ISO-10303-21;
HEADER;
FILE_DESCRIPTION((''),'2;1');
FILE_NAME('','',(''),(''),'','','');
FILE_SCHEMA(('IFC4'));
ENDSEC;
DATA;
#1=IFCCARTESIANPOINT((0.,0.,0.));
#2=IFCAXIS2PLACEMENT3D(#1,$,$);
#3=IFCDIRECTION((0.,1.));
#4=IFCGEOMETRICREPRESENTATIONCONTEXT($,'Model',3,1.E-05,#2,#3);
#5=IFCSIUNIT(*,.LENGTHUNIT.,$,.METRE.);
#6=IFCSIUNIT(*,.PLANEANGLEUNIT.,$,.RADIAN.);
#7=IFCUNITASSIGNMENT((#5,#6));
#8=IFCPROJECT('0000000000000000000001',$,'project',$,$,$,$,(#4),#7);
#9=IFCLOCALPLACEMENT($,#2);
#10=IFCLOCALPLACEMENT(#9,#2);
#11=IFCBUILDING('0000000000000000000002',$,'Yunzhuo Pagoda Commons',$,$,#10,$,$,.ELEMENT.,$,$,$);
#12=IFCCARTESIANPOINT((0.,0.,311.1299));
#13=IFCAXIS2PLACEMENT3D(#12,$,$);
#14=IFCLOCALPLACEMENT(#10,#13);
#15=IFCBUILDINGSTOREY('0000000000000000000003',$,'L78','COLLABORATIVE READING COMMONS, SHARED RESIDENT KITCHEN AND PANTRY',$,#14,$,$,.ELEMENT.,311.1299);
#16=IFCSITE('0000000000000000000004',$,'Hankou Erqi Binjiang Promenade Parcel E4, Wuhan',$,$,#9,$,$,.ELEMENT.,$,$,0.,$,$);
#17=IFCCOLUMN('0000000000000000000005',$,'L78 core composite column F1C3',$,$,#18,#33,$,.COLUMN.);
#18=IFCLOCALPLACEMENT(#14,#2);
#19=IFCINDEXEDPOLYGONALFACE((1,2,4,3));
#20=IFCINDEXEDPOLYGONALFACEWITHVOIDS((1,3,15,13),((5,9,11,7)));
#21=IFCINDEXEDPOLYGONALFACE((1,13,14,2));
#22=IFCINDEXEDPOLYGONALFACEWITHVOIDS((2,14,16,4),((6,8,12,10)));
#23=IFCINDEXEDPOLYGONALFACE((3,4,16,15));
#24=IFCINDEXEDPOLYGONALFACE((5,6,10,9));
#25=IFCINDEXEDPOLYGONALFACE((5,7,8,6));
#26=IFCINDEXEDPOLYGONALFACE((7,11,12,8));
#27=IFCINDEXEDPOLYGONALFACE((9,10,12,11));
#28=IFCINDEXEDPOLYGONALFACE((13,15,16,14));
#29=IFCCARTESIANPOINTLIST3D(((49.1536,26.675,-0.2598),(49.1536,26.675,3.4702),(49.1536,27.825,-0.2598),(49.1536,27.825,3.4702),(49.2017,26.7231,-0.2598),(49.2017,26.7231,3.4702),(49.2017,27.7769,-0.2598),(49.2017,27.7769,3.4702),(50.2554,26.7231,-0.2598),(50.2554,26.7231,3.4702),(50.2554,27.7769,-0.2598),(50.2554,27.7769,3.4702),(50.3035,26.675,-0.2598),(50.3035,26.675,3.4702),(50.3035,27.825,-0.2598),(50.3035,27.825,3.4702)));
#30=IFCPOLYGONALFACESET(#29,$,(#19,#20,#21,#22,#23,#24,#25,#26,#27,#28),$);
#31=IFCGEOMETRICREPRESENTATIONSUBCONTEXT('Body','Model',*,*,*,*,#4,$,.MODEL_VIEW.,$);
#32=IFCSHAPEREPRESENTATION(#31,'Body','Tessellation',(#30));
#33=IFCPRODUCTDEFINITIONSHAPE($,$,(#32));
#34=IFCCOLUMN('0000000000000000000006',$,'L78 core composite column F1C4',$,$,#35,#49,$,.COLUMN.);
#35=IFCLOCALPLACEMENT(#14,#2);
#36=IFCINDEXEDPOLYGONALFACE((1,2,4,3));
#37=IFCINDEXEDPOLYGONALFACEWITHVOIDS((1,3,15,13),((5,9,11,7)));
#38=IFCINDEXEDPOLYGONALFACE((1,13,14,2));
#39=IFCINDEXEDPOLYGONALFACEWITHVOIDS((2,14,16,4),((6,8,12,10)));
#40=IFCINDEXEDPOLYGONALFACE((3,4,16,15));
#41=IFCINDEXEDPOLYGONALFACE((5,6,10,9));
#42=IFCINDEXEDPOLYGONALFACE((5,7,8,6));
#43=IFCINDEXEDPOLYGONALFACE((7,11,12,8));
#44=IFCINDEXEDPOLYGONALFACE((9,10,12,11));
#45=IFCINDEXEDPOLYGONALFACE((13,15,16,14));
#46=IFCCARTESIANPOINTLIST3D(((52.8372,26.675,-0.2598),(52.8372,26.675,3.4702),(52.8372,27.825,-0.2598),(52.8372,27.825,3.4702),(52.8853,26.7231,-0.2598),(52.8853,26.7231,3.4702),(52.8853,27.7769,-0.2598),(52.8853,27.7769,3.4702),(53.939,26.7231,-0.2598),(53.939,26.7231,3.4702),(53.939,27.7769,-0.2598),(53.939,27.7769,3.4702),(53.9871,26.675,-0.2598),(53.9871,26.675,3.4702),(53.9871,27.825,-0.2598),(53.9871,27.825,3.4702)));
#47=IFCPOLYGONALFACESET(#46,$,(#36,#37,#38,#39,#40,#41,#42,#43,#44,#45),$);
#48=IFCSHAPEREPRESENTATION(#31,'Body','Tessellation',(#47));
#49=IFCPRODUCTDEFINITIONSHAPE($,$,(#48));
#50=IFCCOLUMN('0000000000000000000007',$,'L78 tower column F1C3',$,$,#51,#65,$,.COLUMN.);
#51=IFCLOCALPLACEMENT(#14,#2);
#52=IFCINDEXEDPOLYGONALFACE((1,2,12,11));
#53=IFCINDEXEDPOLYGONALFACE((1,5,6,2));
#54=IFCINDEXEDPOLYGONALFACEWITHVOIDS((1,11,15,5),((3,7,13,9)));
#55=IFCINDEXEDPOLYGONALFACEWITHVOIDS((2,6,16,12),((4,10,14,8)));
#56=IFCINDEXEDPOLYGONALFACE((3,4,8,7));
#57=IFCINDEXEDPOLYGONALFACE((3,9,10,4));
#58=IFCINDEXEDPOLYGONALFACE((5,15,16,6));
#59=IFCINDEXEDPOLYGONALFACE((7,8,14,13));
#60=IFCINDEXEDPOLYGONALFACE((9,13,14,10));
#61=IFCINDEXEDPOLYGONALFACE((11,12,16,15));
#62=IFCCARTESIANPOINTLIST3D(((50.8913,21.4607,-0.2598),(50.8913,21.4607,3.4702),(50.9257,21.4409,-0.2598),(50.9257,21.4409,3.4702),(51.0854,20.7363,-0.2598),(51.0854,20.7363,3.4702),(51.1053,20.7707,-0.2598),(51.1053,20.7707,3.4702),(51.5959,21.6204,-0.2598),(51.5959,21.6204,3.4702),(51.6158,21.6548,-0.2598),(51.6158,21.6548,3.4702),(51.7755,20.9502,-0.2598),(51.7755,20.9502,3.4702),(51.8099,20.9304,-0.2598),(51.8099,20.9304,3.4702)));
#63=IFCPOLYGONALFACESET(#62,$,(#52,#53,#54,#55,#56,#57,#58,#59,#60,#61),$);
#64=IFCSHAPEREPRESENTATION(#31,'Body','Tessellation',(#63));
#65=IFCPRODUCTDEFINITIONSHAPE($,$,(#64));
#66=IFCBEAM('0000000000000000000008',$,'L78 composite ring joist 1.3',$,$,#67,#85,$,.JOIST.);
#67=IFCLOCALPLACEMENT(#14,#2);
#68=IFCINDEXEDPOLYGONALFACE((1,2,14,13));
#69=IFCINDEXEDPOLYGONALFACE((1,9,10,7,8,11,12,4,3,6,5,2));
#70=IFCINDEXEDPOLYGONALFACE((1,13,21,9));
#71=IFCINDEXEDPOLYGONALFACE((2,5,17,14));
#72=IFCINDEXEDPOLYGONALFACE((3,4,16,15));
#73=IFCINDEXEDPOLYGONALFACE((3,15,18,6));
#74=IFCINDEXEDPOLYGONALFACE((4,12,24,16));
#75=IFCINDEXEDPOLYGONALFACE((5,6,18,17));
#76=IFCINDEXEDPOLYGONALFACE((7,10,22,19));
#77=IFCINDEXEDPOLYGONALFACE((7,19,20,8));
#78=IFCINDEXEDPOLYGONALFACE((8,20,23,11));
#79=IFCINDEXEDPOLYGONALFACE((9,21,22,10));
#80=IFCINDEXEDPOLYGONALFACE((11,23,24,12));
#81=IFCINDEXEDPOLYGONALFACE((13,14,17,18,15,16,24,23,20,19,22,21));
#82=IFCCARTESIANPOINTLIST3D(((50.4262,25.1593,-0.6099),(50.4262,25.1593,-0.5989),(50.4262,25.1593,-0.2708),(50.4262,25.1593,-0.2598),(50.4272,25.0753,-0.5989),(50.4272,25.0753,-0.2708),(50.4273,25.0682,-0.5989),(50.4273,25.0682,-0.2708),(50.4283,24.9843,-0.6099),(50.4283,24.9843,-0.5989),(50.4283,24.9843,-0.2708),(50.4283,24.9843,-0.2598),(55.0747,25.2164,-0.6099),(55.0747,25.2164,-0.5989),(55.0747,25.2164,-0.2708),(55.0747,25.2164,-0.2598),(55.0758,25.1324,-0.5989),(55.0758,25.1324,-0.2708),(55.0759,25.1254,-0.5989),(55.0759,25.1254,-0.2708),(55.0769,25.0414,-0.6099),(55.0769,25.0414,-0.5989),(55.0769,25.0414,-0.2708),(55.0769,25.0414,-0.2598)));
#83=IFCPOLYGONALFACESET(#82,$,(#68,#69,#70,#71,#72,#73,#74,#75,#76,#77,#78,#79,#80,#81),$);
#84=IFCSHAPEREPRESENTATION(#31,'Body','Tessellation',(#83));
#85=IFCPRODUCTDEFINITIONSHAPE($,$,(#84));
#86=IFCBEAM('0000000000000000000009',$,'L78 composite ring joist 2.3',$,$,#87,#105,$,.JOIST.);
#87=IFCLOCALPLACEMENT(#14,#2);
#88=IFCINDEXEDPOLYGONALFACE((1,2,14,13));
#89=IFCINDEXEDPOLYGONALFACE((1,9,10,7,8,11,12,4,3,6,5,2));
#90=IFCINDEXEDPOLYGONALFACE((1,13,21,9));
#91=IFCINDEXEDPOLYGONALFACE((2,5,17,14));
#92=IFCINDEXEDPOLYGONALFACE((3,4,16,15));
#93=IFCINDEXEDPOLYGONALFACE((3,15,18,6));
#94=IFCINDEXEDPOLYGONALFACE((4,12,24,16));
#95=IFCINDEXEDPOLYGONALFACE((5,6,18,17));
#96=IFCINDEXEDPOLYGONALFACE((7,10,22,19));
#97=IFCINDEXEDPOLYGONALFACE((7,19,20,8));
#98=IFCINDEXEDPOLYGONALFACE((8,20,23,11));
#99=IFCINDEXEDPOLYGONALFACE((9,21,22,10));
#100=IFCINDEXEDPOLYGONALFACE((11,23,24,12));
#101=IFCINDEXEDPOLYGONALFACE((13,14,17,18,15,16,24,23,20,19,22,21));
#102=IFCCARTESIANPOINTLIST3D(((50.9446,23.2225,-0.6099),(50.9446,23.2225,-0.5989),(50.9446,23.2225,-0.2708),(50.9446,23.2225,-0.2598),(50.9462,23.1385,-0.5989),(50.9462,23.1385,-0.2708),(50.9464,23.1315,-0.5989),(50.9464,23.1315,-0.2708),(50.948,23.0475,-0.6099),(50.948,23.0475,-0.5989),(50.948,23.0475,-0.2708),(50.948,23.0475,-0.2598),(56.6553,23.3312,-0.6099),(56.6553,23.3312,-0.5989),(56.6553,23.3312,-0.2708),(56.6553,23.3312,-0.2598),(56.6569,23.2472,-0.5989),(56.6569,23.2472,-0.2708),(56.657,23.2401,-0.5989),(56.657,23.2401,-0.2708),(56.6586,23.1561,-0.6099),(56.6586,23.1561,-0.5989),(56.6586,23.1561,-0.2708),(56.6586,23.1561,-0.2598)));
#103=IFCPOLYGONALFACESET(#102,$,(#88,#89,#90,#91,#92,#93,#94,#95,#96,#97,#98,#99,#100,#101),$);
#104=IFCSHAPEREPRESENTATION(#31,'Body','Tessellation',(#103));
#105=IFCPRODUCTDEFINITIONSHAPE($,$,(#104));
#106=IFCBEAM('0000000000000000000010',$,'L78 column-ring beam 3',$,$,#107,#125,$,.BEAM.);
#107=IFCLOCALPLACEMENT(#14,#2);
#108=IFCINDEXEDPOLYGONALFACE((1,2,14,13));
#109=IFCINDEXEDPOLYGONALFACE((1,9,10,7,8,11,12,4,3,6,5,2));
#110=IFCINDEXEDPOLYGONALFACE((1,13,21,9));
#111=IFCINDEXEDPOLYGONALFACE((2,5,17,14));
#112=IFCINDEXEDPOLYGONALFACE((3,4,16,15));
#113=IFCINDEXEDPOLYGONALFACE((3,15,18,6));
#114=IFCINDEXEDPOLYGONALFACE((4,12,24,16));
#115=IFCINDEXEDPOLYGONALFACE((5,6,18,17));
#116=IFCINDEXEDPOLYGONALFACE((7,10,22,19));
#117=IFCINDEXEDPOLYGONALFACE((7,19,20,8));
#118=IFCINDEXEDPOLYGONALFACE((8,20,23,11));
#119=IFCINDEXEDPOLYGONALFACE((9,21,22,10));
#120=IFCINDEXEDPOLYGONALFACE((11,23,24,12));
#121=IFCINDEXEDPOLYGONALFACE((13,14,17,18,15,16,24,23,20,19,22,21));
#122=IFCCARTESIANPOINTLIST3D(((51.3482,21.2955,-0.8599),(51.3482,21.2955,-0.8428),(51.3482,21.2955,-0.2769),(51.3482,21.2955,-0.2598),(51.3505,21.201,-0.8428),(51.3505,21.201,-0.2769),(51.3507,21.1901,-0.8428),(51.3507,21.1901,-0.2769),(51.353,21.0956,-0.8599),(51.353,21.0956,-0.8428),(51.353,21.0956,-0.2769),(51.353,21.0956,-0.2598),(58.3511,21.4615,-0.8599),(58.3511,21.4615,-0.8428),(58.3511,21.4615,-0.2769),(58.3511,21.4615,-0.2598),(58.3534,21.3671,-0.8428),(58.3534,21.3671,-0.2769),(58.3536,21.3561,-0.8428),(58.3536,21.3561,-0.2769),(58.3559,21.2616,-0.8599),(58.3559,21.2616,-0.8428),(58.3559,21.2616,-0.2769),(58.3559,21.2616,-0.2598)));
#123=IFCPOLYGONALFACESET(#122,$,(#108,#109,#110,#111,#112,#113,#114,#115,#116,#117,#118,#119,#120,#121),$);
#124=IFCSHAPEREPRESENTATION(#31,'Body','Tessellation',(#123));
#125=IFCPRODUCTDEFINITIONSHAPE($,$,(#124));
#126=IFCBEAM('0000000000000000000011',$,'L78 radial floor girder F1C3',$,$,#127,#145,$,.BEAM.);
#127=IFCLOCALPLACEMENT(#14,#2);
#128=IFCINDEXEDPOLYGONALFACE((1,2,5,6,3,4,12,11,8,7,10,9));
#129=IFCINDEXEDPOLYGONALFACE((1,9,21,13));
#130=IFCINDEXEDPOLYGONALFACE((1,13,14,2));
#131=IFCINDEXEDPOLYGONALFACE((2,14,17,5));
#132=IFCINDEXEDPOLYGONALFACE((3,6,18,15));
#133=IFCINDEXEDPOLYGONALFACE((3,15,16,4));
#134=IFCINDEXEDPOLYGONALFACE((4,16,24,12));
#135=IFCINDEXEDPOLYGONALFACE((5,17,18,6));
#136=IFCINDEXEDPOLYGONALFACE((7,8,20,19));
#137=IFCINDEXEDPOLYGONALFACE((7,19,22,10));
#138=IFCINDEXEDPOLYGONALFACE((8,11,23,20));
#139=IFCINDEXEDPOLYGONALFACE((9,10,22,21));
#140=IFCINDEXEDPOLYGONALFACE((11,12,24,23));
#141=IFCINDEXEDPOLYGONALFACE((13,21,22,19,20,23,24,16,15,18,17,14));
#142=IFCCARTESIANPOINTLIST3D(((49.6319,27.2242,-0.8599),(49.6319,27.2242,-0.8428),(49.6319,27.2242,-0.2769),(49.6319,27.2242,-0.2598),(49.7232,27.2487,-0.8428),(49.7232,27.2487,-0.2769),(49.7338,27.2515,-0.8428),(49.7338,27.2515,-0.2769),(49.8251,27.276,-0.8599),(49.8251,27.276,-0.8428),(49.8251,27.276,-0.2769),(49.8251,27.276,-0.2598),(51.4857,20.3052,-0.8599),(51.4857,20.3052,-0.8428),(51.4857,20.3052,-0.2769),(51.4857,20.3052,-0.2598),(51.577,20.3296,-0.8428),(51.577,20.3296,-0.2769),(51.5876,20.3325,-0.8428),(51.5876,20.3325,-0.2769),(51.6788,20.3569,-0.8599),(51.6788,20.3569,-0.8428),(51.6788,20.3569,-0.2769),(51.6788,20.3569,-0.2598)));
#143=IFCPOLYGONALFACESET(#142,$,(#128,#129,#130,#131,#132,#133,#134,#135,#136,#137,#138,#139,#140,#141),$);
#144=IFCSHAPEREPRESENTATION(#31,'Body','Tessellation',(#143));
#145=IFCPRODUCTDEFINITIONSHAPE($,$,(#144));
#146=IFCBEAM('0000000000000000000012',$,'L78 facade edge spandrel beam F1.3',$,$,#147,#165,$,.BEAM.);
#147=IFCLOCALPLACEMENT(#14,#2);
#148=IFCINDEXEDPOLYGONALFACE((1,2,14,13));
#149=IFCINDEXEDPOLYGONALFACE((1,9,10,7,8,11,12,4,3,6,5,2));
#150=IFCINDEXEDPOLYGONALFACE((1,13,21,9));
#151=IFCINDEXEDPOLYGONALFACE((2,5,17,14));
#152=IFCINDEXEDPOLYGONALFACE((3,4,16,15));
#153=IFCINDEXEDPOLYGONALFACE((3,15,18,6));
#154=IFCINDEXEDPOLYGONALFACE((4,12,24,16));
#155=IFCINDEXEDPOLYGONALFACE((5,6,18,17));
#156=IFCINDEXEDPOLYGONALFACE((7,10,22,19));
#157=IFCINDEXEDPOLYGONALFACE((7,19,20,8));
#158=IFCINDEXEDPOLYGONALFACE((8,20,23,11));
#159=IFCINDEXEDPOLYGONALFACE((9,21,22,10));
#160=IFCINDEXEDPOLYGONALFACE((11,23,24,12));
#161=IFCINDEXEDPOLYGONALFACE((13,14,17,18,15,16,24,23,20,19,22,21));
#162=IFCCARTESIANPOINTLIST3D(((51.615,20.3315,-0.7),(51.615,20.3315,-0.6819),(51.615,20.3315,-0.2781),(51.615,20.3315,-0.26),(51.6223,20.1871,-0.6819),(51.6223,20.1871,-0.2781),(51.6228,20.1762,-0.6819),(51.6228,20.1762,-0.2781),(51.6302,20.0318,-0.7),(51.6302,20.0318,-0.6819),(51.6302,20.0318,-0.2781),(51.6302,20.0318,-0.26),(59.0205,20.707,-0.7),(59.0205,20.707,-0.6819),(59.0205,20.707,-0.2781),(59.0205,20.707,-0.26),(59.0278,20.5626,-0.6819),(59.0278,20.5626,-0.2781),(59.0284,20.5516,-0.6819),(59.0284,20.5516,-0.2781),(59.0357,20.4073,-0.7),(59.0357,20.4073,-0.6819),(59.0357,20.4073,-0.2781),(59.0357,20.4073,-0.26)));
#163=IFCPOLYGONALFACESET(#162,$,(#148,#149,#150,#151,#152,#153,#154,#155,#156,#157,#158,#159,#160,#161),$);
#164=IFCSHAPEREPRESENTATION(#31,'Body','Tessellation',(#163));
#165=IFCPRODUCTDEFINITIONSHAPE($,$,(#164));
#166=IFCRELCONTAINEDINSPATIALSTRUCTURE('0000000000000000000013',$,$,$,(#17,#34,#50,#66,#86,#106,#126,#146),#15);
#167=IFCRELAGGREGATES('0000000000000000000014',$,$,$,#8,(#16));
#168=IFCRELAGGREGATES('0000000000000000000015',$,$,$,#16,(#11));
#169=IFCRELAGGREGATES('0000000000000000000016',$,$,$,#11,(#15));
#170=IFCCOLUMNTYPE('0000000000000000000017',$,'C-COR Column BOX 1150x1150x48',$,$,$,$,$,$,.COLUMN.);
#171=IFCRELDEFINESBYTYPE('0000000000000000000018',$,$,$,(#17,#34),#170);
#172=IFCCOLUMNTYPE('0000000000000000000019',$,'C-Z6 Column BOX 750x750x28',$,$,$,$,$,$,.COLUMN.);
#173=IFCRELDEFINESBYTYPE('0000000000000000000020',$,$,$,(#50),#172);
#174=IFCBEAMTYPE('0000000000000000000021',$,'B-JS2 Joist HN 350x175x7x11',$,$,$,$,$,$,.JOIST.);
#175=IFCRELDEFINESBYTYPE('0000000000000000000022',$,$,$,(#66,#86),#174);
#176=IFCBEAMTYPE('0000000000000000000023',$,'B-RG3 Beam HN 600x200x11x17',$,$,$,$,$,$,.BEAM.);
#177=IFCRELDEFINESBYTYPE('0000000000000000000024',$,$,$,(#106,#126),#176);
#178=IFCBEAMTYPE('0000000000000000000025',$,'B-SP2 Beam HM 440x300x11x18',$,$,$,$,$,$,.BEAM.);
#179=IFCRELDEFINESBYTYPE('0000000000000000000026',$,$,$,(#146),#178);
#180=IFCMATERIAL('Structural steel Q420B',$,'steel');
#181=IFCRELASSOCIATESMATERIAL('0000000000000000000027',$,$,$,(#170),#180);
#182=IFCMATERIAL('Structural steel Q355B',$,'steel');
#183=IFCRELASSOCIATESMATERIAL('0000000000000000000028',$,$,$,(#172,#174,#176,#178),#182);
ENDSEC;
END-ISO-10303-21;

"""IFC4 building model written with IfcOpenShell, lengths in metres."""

from ifc_helpers import new_model, si_unit, direction, frame, origin, origin_2d, place, context, subcontext, project, spatial, hollow_rectangle, i_section, extrude, source, transform, mapped, material, material_profile, profile_set, type_object, element, save


model = new_model("IFC4")

# Units and contexts
model_context = context("Model", 3, precision=1e-05, world=origin(), true_north=direction((0.0, 1.0)))
body_context = subcontext(model_context, "Body", "Model", "MODEL_VIEW")
ifc_project = project(units=[si_unit("LENGTHUNIT", "METRE"), si_unit("PLANEANGLEUNIT", "RADIAN")], contexts=[model_context])

# Site, building, storey
site_placement = place(None, origin())
site = spatial("IfcSite", under=ifc_project, at=site_placement, Name="Hankou Erqi Binjiang Promenade Parcel E4, Wuhan", CompositionType="ELEMENT", RefElevation=0.0)
building_placement = place(site_placement, origin())
building = spatial("IfcBuilding", under=site, at=building_placement, Name="Yunzhuo Pagoda Commons", CompositionType="ELEMENT")
storey_placement = place(building_placement, frame((0.0, 0.0, 311.1299)))
storey = spatial("IfcBuildingStorey", under=building, at=storey_placement, Name="L78", Description="COLLABORATIVE READING COMMONS, SHARED RESIDENT KITCHEN AND PANTRY", CompositionType="ELEMENT", Elevation=311.1299)

# Columns
ifc_material_1 = material(Name="Structural steel Q420B", Category="steel")
ifc_material_profile_1 = material_profile(ifc_material_1, hollow_rectangle(XDim=1.1499, YDim=1.1499, WallThickness=0.0481, at=origin_2d()), Name="Structural steel Q420B")
ifc_profile_set_1 = profile_set([ifc_material_profile_1], Name="Structural steel Q420B")
column_type_1 = type_object("IfcColumnType", Name="C-COR Column BOX 1150x1150x48", PredefinedType="COLUMN", material=ifc_profile_set_1)
shared_shape_1 = source(origin(), body_context, "Body", "SweptSolid", [
    extrude(hollow_rectangle(XDim=1.1499, YDim=1.1499, WallThickness=0.0481, at=origin_2d()), origin(), (0.0, 0.0, 1.0), 3.73),
])
for number, where, z_axis, x_axis, name in (
    (1, (49.7285, 27.25, -0.2598), (0.0, 0.0, 1.0), (1.0, 0.0, 0.0), "L78 core composite column F1C3"),
    (2, (53.4121, 27.25, -0.2598), (0.0, 0.0, 1.0), (1.0, 0.0, 0.0), "L78 core composite column F1C4"),
):
    element("IfcColumn", number, at=place(storey_placement, frame(where, z_axis=z_axis, x_axis=x_axis)), inside=storey, type_object=column_type_1, Name=name, PredefinedType="COLUMN", context=body_context, shape_type="MappedRepresentation", body=[
        mapped(shared_shape_1, transform((0.0, 0.0, 0.0), scale=1.0)),
    ])
ifc_material_2 = material(Name="Structural steel Q355B", Category="steel")
ifc_material_profile_2 = material_profile(ifc_material_2, hollow_rectangle(XDim=0.75, YDim=0.75, WallThickness=0.0281, at=origin_2d()), Name="Structural steel Q355B")
ifc_profile_set_2 = profile_set([ifc_material_profile_2], Name="Structural steel Q355B")
column_type_2 = type_object("IfcColumnType", Name="C-Z6 Column BOX 750x750x28", PredefinedType="COLUMN", material=ifc_profile_set_2)
shared_shape_2 = source(origin(), body_context, "Body", "SweptSolid", [
    extrude(hollow_rectangle(XDim=0.75, YDim=0.75, WallThickness=0.0281, at=origin_2d()), origin(), (0.0, 0.0, 1.0), 3.73),
])
column_placement = place(storey_placement, frame((51.3506, 21.1956, -0.2598), z_axis=(0.0, 0.0, 1.0), x_axis=(0.965926, 0.258819, 0.0)))
element("IfcColumn", 3, at=column_placement, inside=storey, type_object=column_type_2, Name="L78 tower column F1C3", PredefinedType="COLUMN", context=body_context, shape_type="MappedRepresentation", body=[
    mapped(shared_shape_2, transform((0.0, 0.0, 0.0), scale=1.0)),
])

# Beams
ifc_material_profile_3 = material_profile(ifc_material_2, i_section(OverallWidth=0.175, OverallDepth=0.3501, WebThickness=0.0071, FlangeThickness=0.011, at=origin_2d()), Name="Structural steel Q355B")
ifc_profile_set_3 = profile_set([ifc_material_profile_3], Name="Structural steel Q355B")
beam_type_1 = type_object("IfcBeamType", Name="B-JS2 Joist HN 350x175x7x11", PredefinedType="JOIST", material=ifc_profile_set_3)
shared_shape_3 = source(origin(), body_context, "Body", "SweptSolid", [
    extrude(i_section(OverallWidth=0.175, OverallDepth=0.3501, WebThickness=0.0071, FlangeThickness=0.011, at=origin_2d()), origin(), (0.0, 0.0, 1.0), 4.6489),
])
beam_1_placement = place(storey_placement, frame((50.4272, 25.0718, -0.4348), z_axis=(0.999924, 0.012288, 0.0), x_axis=(-0.012288, 0.999924, 0.0)))
element("IfcBeam", 4, at=beam_1_placement, inside=storey, type_object=beam_type_1, Name="L78 composite ring joist 1.3", PredefinedType="JOIST", context=body_context, shape_type="MappedRepresentation", body=[
    mapped(shared_shape_3, transform((0.0, 0.0, 0.0), scale=1.0)),
])
shared_shape_4 = source(origin(), body_context, "Body", "SweptSolid", [
    extrude(i_section(OverallWidth=0.175, OverallDepth=0.3501, WebThickness=0.0071, FlangeThickness=0.011, at=origin_2d()), origin(), (0.0, 0.0, 1.0), 5.7117),
])
beam_2_placement = place(storey_placement, frame((50.9463, 23.135, -0.4348), z_axis=(0.999819, 0.019021, 0.0), x_axis=(-0.019021, 0.999819, 0.0)))
element("IfcBeam", 5, at=beam_2_placement, inside=storey, type_object=beam_type_1, Name="L78 composite ring joist 2.3", PredefinedType="JOIST", context=body_context, shape_type="MappedRepresentation", body=[
    mapped(shared_shape_4, transform((0.0, 0.0, 0.0), scale=1.0)),
])
ifc_material_profile_4 = material_profile(ifc_material_2, i_section(OverallWidth=0.2, OverallDepth=0.6001, WebThickness=0.011, FlangeThickness=0.0171, at=origin_2d()), Name="Structural steel Q355B")
ifc_profile_set_4 = profile_set([ifc_material_profile_4], Name="Structural steel Q355B")
beam_type_2 = type_object("IfcBeamType", Name="B-RG3 Beam HN 600x200x11x17", PredefinedType="BEAM", material=ifc_profile_set_4)
shared_shape_5 = source(origin(), body_context, "Body", "SweptSolid", [
    extrude(i_section(OverallWidth=0.2, OverallDepth=0.6001, WebThickness=0.011, FlangeThickness=0.0171, at=origin_2d()), origin(), (0.0, 0.0, 1.0), 7.0049),
])
beam_3_placement = place(storey_placement, frame((51.3506, 21.1956, -0.5598), z_axis=(0.999719, 0.0237, 0.0), x_axis=(-0.0237, 0.999719, 0.0)))
element("IfcBeam", 6, at=beam_3_placement, inside=storey, type_object=beam_type_2, Name="L78 column-ring beam 3", PredefinedType="BEAM", context=body_context, shape_type="MappedRepresentation", body=[
    mapped(shared_shape_5, transform((0.0, 0.0, 0.0), scale=1.0)),
])
shared_shape_6 = source(origin(), body_context, "Body", "SweptSolid", [
    extrude(i_section(OverallWidth=0.2, OverallDepth=0.6001, WebThickness=0.011, FlangeThickness=0.0171, at=origin_2d()), origin(), (0.0, 0.0, 1.0), 7.1631),
])
beam_4_placement = place(storey_placement, frame((51.5823, 20.3311, -0.5598), z_axis=(-0.258797, 0.965932, 0.0), x_axis=(-0.965932, -0.258797, 0.0)))
element("IfcBeam", 7, at=beam_4_placement, inside=storey, type_object=beam_type_2, Name="L78 radial floor girder F1C3", PredefinedType="BEAM", context=body_context, shape_type="MappedRepresentation", body=[
    mapped(shared_shape_6, transform((0.0, 0.0, 0.0), scale=1.0)),
])
ifc_material_profile_5 = material_profile(ifc_material_2, i_section(OverallWidth=0.3, OverallDepth=0.4399, WebThickness=0.011, FlangeThickness=0.0181, at=origin_2d()), Name="Structural steel Q355B")
ifc_profile_set_5 = profile_set([ifc_material_profile_5], Name="Structural steel Q355B")
beam_type_3 = type_object("IfcBeamType", Name="B-SP2 Beam HM 440x300x11x18", PredefinedType="BEAM", material=ifc_profile_set_5)
shared_shape_7 = source(origin(), body_context, "Body", "SweptSolid", [
    extrude(i_section(OverallWidth=0.3, OverallDepth=0.4399, WebThickness=0.011, FlangeThickness=0.0181, at=origin_2d()), origin(), (0.0, 0.0, 1.0), 7.415),
])
beam_5_placement = place(storey_placement, frame((51.6226, 20.1816, -0.48), z_axis=(0.998717, 0.050639, 0.0), x_axis=(-0.050639, 0.998717, 0.0)))
element("IfcBeam", 8, at=beam_5_placement, inside=storey, type_object=beam_type_3, Name="L78 facade edge spandrel beam F1.3", PredefinedType="BEAM", context=body_context, shape_type="MappedRepresentation", body=[
    mapped(shared_shape_7, transform((0.0, 0.0, 0.0), scale=1.0)),
])

save(model, "model.ifc")
